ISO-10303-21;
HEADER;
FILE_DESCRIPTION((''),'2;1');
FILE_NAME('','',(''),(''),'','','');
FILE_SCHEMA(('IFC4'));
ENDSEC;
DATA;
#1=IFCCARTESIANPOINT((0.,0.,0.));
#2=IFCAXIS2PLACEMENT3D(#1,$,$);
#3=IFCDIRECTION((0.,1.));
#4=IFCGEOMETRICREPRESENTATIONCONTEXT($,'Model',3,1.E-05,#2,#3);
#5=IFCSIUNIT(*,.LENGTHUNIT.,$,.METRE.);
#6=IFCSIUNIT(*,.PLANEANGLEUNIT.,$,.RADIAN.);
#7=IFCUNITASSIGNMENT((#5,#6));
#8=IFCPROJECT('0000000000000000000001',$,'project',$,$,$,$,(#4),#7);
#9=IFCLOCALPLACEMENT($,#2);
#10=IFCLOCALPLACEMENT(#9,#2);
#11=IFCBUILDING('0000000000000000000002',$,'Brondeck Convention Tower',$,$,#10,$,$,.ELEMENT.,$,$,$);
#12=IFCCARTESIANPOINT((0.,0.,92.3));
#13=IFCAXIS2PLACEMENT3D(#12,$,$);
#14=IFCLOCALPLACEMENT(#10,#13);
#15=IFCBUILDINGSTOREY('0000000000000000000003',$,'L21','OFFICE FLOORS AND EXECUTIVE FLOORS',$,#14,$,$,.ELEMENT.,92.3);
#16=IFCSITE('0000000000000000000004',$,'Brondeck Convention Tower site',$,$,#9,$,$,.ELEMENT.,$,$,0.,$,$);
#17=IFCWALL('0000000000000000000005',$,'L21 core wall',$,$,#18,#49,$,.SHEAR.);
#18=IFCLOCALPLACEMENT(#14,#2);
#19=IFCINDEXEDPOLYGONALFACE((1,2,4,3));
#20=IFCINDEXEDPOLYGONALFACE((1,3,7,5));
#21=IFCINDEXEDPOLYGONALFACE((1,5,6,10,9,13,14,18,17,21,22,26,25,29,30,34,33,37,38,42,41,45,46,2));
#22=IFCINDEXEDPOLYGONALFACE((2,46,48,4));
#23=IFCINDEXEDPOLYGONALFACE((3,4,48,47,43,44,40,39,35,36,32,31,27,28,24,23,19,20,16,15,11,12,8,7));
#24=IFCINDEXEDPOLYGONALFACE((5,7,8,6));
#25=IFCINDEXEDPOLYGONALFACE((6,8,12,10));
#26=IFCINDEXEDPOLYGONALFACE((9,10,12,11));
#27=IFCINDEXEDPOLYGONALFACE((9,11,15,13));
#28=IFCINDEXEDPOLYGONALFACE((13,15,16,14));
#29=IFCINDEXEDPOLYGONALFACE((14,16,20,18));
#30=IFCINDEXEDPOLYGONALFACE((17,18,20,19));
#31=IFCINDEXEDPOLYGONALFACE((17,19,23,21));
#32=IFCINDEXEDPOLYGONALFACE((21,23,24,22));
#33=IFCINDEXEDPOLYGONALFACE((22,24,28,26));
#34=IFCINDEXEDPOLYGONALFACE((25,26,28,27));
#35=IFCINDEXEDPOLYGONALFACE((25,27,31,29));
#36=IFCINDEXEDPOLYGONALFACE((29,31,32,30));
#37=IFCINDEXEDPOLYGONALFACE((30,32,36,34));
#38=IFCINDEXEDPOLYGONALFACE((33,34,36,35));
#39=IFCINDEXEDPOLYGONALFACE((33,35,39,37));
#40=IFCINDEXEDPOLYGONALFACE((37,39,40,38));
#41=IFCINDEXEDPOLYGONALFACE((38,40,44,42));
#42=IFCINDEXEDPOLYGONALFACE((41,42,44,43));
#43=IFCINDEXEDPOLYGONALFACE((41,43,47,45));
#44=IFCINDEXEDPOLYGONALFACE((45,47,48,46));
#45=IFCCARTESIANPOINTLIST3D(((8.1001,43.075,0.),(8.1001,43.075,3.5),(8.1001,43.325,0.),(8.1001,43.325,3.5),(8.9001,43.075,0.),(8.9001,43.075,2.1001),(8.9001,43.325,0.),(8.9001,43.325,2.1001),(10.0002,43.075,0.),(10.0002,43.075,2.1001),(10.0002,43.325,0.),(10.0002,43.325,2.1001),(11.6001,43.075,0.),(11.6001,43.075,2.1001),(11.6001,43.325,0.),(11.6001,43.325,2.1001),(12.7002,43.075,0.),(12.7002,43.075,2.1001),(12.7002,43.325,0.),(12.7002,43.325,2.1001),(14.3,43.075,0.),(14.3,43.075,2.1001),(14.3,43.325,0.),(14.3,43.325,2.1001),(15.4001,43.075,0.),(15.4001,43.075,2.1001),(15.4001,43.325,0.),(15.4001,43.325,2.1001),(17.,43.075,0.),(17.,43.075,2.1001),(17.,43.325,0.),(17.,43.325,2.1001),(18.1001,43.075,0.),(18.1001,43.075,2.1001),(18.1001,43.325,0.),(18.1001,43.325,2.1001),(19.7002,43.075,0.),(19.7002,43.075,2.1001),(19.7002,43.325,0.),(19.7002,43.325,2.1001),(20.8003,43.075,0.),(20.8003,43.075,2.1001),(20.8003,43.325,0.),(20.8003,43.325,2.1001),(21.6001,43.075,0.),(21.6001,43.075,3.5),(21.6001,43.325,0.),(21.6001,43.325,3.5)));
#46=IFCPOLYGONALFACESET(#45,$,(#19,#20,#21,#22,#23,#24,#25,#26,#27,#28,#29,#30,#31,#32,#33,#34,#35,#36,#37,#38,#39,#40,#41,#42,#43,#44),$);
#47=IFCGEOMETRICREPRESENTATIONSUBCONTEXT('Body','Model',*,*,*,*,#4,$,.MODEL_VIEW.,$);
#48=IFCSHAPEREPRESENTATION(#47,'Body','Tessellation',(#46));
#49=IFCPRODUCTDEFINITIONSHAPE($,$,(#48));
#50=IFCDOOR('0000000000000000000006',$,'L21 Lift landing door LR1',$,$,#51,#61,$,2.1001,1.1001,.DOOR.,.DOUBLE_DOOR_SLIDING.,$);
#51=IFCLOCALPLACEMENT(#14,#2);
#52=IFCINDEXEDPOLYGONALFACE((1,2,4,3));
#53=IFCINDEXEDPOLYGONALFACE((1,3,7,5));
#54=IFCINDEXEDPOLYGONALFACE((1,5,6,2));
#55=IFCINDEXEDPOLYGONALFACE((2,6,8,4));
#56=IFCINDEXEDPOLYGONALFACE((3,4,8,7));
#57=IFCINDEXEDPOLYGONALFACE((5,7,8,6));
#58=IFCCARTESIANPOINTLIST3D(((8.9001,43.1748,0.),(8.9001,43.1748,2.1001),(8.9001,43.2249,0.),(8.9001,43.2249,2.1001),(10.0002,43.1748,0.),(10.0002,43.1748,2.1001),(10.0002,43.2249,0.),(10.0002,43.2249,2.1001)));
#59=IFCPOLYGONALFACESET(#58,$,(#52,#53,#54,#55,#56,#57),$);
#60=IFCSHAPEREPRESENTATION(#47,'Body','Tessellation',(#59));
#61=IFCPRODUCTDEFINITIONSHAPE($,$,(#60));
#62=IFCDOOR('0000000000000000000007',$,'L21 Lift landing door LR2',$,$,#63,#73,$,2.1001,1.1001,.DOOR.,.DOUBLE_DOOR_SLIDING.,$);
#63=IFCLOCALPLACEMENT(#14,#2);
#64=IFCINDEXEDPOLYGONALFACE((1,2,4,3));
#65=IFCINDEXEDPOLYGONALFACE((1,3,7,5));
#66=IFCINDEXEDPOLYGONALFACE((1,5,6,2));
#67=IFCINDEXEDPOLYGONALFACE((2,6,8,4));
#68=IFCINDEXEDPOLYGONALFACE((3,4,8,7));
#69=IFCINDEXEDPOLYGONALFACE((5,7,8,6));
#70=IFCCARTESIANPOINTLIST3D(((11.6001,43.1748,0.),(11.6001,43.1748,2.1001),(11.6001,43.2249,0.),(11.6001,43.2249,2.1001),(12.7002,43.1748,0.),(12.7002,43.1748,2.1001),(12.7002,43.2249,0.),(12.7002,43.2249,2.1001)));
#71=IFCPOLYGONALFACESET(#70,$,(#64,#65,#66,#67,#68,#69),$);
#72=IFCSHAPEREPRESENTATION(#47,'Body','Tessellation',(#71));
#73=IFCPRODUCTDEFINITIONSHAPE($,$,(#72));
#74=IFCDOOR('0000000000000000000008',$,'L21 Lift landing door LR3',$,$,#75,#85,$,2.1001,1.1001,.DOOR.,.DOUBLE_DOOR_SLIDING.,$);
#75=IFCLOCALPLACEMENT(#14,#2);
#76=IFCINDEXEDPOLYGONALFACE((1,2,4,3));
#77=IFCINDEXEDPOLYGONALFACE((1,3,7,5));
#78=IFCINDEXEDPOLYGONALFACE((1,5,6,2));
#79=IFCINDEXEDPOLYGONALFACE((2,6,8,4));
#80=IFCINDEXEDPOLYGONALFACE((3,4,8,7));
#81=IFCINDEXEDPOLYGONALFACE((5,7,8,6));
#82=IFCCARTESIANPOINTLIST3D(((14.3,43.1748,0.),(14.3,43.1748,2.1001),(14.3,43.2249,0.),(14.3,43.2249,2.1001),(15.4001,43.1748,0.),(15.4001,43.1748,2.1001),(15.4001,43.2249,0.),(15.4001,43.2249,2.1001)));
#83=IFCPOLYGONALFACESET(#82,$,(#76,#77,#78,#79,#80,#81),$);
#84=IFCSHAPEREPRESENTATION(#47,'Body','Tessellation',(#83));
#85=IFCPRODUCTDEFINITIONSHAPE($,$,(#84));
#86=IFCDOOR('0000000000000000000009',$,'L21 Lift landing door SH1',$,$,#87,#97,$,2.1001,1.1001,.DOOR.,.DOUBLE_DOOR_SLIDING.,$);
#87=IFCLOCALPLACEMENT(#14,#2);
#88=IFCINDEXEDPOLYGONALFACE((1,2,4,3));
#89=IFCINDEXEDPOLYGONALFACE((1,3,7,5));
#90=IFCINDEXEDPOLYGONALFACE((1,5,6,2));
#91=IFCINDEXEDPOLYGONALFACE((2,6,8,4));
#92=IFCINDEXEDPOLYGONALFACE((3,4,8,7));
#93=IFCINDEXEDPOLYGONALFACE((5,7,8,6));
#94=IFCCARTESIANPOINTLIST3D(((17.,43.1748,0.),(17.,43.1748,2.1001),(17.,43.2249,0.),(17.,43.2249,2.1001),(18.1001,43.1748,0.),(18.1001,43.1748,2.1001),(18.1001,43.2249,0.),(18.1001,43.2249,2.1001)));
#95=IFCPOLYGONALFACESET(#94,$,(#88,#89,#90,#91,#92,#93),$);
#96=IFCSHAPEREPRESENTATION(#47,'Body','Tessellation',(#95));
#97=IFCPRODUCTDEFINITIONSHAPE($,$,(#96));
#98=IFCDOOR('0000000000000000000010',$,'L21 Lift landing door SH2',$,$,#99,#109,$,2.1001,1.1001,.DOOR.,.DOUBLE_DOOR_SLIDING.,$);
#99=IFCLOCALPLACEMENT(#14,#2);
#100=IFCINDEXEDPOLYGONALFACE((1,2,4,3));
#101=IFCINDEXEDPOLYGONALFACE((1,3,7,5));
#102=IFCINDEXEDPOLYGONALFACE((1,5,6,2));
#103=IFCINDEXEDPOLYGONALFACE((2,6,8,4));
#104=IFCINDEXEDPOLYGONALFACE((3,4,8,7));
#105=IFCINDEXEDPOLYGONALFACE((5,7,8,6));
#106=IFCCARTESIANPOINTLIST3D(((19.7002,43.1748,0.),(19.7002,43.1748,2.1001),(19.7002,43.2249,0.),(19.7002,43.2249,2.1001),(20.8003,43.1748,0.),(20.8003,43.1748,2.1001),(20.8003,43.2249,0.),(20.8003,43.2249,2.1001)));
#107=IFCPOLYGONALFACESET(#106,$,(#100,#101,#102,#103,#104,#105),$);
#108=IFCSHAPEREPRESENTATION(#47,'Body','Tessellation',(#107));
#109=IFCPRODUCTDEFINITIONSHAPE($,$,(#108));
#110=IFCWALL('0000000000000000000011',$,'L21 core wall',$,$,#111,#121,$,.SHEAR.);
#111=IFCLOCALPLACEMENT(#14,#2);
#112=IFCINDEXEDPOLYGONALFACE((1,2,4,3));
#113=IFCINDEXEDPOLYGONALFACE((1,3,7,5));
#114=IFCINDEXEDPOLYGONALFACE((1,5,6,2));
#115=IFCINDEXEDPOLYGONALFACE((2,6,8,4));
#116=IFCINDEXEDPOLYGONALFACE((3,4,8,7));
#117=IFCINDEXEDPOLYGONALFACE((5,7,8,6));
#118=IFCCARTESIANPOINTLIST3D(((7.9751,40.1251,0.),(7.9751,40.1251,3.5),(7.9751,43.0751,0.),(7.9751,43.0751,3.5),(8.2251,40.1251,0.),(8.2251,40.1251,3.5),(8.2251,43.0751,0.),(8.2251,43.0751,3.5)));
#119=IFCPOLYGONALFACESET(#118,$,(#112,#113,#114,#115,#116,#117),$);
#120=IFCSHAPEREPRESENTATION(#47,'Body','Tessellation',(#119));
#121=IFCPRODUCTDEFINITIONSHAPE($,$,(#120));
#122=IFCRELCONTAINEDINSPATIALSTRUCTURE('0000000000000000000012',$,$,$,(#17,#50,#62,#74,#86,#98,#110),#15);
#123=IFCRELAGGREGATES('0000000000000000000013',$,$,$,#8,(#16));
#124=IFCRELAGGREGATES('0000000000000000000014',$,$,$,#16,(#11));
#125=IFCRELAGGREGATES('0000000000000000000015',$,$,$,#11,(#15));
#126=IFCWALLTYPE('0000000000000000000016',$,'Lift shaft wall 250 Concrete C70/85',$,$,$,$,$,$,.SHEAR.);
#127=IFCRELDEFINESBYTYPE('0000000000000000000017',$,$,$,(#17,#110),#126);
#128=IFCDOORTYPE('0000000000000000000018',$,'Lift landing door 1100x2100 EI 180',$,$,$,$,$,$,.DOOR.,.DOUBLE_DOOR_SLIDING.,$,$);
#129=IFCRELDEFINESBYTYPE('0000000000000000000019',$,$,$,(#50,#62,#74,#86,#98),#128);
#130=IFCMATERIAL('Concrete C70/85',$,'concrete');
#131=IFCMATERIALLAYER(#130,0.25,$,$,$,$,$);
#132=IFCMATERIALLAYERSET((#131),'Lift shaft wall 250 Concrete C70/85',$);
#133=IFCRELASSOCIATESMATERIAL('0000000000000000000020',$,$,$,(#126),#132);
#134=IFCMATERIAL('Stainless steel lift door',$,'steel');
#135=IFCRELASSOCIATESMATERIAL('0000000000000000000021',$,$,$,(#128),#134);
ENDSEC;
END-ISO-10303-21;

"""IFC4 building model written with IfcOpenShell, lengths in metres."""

from ifc_helpers import new_model, si_unit, direction, frame, frame_2d, origin, place, context, subcontext, project, spatial, rectangle, extrude, material, layer, layer_set, type_object, element, fill, save


model = new_model("IFC4")

# Units and contexts
model_context = context("Model", 3, precision=1e-05, world=origin(), true_north=direction((0.0, 1.0)))
body_context = subcontext(model_context, "Body", "Model", "MODEL_VIEW")
ifc_project = project(units=[si_unit("LENGTHUNIT", "METRE"), si_unit("PLANEANGLEUNIT", "RADIAN")], contexts=[model_context])

# Site, building, storey
site_placement = place(None, origin())
site = spatial("IfcSite", under=ifc_project, at=site_placement, Name="Brondeck Convention Tower site", CompositionType="ELEMENT", RefElevation=0.0)
building_placement = place(site_placement, origin())
building = spatial("IfcBuilding", under=site, at=building_placement, Name="Brondeck Convention Tower", CompositionType="ELEMENT")
storey_placement = place(building_placement, frame((0.0, 0.0, 92.3)))
storey = spatial("IfcBuildingStorey", under=building, at=storey_placement, Name="L21", Description="OFFICE FLOORS AND EXECUTIVE FLOORS", CompositionType="ELEMENT", Elevation=92.3)

# Shared definitions
ifc_material_1 = material(Name="Concrete C70/85", Category="concrete")

# Wall, openings, doors
ifc_layer_1 = layer(ifc_material_1, 0.25)
ifc_layer_set_1 = layer_set([ifc_layer_1], Name="Lift shaft wall 250 Concrete C70/85")
wall_type_1 = type_object("IfcWallType", Name="Lift shaft wall 250 Concrete C70/85", PredefinedType="SHEAR", material=ifc_layer_set_1)
wall_1_placement = place(storey_placement, frame((8.1001, 43.2, 0.0), z_axis=(0.0, 0.0, 1.0), x_axis=(1.0, 0.0, 0.0)))
wall_1 = element("IfcWall", 1, at=wall_1_placement, inside=storey, type_object=wall_type_1, Name="L21 core wall", PredefinedType="SHEAR", context=body_context, shape_type="SweptSolid", body=[
    extrude(rectangle(XDim=13.5, YDim=0.25, at=frame_2d((6.75, 0.0))), origin(), (0.0, 0.0, 1.0), 3.5),
])
opening_1_placement = place(wall_1_placement, frame((0.8, 0.0, 0.0)))
opening_1 = element("IfcOpeningElement", 2, at=opening_1_placement, cuts=wall_1, PredefinedType="OPENING", context=body_context, shape_type="SweptSolid", body=[
    extrude(rectangle(XDim=1.1001, YDim=2.1001, at=frame_2d((0.55, 1.05))), frame((0.0, 0.135, 0.0), z_axis=(0.0, -1.0, 0.0), x_axis=(1.0, 0.0, 0.0)), (0.0, 0.0, 1.0), 0.27),
])
opening_2_placement = place(wall_1_placement, frame((3.5, 0.0, 0.0)))
opening_2 = element("IfcOpeningElement", 3, at=opening_2_placement, cuts=wall_1, PredefinedType="OPENING", context=body_context, shape_type="SweptSolid", body=[
    extrude(rectangle(XDim=1.1001, YDim=2.1001, at=frame_2d((0.55, 1.05))), frame((0.0, 0.135, 0.0), z_axis=(0.0, -1.0, 0.0), x_axis=(1.0, 0.0, 0.0)), (0.0, 0.0, 1.0), 0.27),
])
opening_3_placement = place(wall_1_placement, frame((6.2, 0.0, 0.0)))
opening_3 = element("IfcOpeningElement", 4, at=opening_3_placement, cuts=wall_1, PredefinedType="OPENING", context=body_context, shape_type="SweptSolid", body=[
    extrude(rectangle(XDim=1.1001, YDim=2.1001, at=frame_2d((0.55, 1.05))), frame((0.0, 0.135, 0.0), z_axis=(0.0, -1.0, 0.0), x_axis=(1.0, 0.0, 0.0)), (0.0, 0.0, 1.0), 0.27),
])
opening_4_placement = place(wall_1_placement, frame((8.8999, 0.0, 0.0)))
opening_4 = element("IfcOpeningElement", 5, at=opening_4_placement, cuts=wall_1, PredefinedType="OPENING", context=body_context, shape_type="SweptSolid", body=[
    extrude(rectangle(XDim=1.1001, YDim=2.1001, at=frame_2d((0.55, 1.05))), frame((0.0, 0.135, 0.0), z_axis=(0.0, -1.0, 0.0), x_axis=(1.0, 0.0, 0.0)), (0.0, 0.0, 1.0), 0.27),
])
opening_5_placement = place(wall_1_placement, frame((11.6001, 0.0, 0.0)))
opening_5 = element("IfcOpeningElement", 6, at=opening_5_placement, cuts=wall_1, PredefinedType="OPENING", context=body_context, shape_type="SweptSolid", body=[
    extrude(rectangle(XDim=1.1001, YDim=2.1001, at=frame_2d((0.55, 1.05))), frame((0.0, 0.135, 0.0), z_axis=(0.0, -1.0, 0.0), x_axis=(1.0, 0.0, 0.0)), (0.0, 0.0, 1.0), 0.27),
])
ifc_material_2 = material(Name="Stainless steel lift door", Category="steel")
door_type_1 = type_object("IfcDoorType", Name="Lift landing door 1100x2100 EI 180", OperationType="DOUBLE_DOOR_SLIDING", PredefinedType="DOOR", material=ifc_material_2)
door_1_placement = place(opening_1_placement, origin())
door_1 = element("IfcDoor", 7, at=door_1_placement, inside=storey, type_object=door_type_1, Name="L21 Lift landing door LR1", OperationType="DOUBLE_DOOR_SLIDING", OverallHeight=2.1001, OverallWidth=1.1001, PredefinedType="DOOR", context=body_context, shape_type="SweptSolid", body=[
    extrude(rectangle(XDim=1.1001, YDim=2.1001, at=frame_2d((0.55, 1.05))), frame((0.0, 0.0249, 0.0), z_axis=(0.0, -1.0, 0.0), x_axis=(1.0, 0.0, 0.0)), (0.0, 0.0, 1.0), 0.05),
])
fill(opening_1, door_1)
door_2_placement = place(opening_2_placement, origin())
door_2 = element("IfcDoor", 8, at=door_2_placement, inside=storey, type_object=door_type_1, Name="L21 Lift landing door LR2", OperationType="DOUBLE_DOOR_SLIDING", OverallHeight=2.1001, OverallWidth=1.1001, PredefinedType="DOOR", context=body_context, shape_type="SweptSolid", body=[
    extrude(rectangle(XDim=1.1001, YDim=2.1001, at=frame_2d((0.55, 1.05))), frame((0.0, 0.0249, 0.0), z_axis=(0.0, -1.0, 0.0), x_axis=(1.0, 0.0, 0.0)), (0.0, 0.0, 1.0), 0.05),
])
fill(opening_2, door_2)
door_3_placement = place(opening_3_placement, origin())
door_3 = element("IfcDoor", 9, at=door_3_placement, inside=storey, type_object=door_type_1, Name="L21 Lift landing door LR3", OperationType="DOUBLE_DOOR_SLIDING", OverallHeight=2.1001, OverallWidth=1.1001, PredefinedType="DOOR", context=body_context, shape_type="SweptSolid", body=[
    extrude(rectangle(XDim=1.1001, YDim=2.1001, at=frame_2d((0.55, 1.05))), frame((0.0, 0.0249, 0.0), z_axis=(0.0, -1.0, 0.0), x_axis=(1.0, 0.0, 0.0)), (0.0, 0.0, 1.0), 0.05),
])
fill(opening_3, door_3)
door_4_placement = place(opening_4_placement, origin())
door_4 = element("IfcDoor", 10, at=door_4_placement, inside=storey, type_object=door_type_1, Name="L21 Lift landing door SH1", OperationType="DOUBLE_DOOR_SLIDING", OverallHeight=2.1001, OverallWidth=1.1001, PredefinedType="DOOR", context=body_context, shape_type="SweptSolid", body=[
    extrude(rectangle(XDim=1.1001, YDim=2.1001, at=frame_2d((0.55, 1.05))), frame((0.0, 0.0249, 0.0), z_axis=(0.0, -1.0, 0.0), x_axis=(1.0, 0.0, 0.0)), (0.0, 0.0, 1.0), 0.05),
])
fill(opening_4, door_4)
door_5_placement = place(opening_5_placement, origin())
door_5 = element("IfcDoor", 11, at=door_5_placement, inside=storey, type_object=door_type_1, Name="L21 Lift landing door SH2", OperationType="DOUBLE_DOOR_SLIDING", OverallHeight=2.1001, OverallWidth=1.1001, PredefinedType="DOOR", context=body_context, shape_type="SweptSolid", body=[
    extrude(rectangle(XDim=1.1001, YDim=2.1001, at=frame_2d((0.55, 1.05))), frame((0.0, 0.0249, 0.0), z_axis=(0.0, -1.0, 0.0), x_axis=(1.0, 0.0, 0.0)), (0.0, 0.0, 1.0), 0.05),
])
fill(opening_5, door_5)

# Wall
wall_2_placement = place(storey_placement, frame((8.1001, 40.125, 0.0), z_axis=(0.0, 0.0, 1.0), x_axis=(0.0, 1.0, 0.0)))
element("IfcWall", 12, at=wall_2_placement, inside=storey, type_object=wall_type_1, Name="L21 core wall", PredefinedType="SHEAR", context=body_context, shape_type="SweptSolid", body=[
    extrude(rectangle(XDim=2.95, YDim=0.25, at=frame_2d((1.4751, 0.0))), origin(), (0.0, 0.0, 1.0), 3.5),
])

save(model, "model.ifc")
